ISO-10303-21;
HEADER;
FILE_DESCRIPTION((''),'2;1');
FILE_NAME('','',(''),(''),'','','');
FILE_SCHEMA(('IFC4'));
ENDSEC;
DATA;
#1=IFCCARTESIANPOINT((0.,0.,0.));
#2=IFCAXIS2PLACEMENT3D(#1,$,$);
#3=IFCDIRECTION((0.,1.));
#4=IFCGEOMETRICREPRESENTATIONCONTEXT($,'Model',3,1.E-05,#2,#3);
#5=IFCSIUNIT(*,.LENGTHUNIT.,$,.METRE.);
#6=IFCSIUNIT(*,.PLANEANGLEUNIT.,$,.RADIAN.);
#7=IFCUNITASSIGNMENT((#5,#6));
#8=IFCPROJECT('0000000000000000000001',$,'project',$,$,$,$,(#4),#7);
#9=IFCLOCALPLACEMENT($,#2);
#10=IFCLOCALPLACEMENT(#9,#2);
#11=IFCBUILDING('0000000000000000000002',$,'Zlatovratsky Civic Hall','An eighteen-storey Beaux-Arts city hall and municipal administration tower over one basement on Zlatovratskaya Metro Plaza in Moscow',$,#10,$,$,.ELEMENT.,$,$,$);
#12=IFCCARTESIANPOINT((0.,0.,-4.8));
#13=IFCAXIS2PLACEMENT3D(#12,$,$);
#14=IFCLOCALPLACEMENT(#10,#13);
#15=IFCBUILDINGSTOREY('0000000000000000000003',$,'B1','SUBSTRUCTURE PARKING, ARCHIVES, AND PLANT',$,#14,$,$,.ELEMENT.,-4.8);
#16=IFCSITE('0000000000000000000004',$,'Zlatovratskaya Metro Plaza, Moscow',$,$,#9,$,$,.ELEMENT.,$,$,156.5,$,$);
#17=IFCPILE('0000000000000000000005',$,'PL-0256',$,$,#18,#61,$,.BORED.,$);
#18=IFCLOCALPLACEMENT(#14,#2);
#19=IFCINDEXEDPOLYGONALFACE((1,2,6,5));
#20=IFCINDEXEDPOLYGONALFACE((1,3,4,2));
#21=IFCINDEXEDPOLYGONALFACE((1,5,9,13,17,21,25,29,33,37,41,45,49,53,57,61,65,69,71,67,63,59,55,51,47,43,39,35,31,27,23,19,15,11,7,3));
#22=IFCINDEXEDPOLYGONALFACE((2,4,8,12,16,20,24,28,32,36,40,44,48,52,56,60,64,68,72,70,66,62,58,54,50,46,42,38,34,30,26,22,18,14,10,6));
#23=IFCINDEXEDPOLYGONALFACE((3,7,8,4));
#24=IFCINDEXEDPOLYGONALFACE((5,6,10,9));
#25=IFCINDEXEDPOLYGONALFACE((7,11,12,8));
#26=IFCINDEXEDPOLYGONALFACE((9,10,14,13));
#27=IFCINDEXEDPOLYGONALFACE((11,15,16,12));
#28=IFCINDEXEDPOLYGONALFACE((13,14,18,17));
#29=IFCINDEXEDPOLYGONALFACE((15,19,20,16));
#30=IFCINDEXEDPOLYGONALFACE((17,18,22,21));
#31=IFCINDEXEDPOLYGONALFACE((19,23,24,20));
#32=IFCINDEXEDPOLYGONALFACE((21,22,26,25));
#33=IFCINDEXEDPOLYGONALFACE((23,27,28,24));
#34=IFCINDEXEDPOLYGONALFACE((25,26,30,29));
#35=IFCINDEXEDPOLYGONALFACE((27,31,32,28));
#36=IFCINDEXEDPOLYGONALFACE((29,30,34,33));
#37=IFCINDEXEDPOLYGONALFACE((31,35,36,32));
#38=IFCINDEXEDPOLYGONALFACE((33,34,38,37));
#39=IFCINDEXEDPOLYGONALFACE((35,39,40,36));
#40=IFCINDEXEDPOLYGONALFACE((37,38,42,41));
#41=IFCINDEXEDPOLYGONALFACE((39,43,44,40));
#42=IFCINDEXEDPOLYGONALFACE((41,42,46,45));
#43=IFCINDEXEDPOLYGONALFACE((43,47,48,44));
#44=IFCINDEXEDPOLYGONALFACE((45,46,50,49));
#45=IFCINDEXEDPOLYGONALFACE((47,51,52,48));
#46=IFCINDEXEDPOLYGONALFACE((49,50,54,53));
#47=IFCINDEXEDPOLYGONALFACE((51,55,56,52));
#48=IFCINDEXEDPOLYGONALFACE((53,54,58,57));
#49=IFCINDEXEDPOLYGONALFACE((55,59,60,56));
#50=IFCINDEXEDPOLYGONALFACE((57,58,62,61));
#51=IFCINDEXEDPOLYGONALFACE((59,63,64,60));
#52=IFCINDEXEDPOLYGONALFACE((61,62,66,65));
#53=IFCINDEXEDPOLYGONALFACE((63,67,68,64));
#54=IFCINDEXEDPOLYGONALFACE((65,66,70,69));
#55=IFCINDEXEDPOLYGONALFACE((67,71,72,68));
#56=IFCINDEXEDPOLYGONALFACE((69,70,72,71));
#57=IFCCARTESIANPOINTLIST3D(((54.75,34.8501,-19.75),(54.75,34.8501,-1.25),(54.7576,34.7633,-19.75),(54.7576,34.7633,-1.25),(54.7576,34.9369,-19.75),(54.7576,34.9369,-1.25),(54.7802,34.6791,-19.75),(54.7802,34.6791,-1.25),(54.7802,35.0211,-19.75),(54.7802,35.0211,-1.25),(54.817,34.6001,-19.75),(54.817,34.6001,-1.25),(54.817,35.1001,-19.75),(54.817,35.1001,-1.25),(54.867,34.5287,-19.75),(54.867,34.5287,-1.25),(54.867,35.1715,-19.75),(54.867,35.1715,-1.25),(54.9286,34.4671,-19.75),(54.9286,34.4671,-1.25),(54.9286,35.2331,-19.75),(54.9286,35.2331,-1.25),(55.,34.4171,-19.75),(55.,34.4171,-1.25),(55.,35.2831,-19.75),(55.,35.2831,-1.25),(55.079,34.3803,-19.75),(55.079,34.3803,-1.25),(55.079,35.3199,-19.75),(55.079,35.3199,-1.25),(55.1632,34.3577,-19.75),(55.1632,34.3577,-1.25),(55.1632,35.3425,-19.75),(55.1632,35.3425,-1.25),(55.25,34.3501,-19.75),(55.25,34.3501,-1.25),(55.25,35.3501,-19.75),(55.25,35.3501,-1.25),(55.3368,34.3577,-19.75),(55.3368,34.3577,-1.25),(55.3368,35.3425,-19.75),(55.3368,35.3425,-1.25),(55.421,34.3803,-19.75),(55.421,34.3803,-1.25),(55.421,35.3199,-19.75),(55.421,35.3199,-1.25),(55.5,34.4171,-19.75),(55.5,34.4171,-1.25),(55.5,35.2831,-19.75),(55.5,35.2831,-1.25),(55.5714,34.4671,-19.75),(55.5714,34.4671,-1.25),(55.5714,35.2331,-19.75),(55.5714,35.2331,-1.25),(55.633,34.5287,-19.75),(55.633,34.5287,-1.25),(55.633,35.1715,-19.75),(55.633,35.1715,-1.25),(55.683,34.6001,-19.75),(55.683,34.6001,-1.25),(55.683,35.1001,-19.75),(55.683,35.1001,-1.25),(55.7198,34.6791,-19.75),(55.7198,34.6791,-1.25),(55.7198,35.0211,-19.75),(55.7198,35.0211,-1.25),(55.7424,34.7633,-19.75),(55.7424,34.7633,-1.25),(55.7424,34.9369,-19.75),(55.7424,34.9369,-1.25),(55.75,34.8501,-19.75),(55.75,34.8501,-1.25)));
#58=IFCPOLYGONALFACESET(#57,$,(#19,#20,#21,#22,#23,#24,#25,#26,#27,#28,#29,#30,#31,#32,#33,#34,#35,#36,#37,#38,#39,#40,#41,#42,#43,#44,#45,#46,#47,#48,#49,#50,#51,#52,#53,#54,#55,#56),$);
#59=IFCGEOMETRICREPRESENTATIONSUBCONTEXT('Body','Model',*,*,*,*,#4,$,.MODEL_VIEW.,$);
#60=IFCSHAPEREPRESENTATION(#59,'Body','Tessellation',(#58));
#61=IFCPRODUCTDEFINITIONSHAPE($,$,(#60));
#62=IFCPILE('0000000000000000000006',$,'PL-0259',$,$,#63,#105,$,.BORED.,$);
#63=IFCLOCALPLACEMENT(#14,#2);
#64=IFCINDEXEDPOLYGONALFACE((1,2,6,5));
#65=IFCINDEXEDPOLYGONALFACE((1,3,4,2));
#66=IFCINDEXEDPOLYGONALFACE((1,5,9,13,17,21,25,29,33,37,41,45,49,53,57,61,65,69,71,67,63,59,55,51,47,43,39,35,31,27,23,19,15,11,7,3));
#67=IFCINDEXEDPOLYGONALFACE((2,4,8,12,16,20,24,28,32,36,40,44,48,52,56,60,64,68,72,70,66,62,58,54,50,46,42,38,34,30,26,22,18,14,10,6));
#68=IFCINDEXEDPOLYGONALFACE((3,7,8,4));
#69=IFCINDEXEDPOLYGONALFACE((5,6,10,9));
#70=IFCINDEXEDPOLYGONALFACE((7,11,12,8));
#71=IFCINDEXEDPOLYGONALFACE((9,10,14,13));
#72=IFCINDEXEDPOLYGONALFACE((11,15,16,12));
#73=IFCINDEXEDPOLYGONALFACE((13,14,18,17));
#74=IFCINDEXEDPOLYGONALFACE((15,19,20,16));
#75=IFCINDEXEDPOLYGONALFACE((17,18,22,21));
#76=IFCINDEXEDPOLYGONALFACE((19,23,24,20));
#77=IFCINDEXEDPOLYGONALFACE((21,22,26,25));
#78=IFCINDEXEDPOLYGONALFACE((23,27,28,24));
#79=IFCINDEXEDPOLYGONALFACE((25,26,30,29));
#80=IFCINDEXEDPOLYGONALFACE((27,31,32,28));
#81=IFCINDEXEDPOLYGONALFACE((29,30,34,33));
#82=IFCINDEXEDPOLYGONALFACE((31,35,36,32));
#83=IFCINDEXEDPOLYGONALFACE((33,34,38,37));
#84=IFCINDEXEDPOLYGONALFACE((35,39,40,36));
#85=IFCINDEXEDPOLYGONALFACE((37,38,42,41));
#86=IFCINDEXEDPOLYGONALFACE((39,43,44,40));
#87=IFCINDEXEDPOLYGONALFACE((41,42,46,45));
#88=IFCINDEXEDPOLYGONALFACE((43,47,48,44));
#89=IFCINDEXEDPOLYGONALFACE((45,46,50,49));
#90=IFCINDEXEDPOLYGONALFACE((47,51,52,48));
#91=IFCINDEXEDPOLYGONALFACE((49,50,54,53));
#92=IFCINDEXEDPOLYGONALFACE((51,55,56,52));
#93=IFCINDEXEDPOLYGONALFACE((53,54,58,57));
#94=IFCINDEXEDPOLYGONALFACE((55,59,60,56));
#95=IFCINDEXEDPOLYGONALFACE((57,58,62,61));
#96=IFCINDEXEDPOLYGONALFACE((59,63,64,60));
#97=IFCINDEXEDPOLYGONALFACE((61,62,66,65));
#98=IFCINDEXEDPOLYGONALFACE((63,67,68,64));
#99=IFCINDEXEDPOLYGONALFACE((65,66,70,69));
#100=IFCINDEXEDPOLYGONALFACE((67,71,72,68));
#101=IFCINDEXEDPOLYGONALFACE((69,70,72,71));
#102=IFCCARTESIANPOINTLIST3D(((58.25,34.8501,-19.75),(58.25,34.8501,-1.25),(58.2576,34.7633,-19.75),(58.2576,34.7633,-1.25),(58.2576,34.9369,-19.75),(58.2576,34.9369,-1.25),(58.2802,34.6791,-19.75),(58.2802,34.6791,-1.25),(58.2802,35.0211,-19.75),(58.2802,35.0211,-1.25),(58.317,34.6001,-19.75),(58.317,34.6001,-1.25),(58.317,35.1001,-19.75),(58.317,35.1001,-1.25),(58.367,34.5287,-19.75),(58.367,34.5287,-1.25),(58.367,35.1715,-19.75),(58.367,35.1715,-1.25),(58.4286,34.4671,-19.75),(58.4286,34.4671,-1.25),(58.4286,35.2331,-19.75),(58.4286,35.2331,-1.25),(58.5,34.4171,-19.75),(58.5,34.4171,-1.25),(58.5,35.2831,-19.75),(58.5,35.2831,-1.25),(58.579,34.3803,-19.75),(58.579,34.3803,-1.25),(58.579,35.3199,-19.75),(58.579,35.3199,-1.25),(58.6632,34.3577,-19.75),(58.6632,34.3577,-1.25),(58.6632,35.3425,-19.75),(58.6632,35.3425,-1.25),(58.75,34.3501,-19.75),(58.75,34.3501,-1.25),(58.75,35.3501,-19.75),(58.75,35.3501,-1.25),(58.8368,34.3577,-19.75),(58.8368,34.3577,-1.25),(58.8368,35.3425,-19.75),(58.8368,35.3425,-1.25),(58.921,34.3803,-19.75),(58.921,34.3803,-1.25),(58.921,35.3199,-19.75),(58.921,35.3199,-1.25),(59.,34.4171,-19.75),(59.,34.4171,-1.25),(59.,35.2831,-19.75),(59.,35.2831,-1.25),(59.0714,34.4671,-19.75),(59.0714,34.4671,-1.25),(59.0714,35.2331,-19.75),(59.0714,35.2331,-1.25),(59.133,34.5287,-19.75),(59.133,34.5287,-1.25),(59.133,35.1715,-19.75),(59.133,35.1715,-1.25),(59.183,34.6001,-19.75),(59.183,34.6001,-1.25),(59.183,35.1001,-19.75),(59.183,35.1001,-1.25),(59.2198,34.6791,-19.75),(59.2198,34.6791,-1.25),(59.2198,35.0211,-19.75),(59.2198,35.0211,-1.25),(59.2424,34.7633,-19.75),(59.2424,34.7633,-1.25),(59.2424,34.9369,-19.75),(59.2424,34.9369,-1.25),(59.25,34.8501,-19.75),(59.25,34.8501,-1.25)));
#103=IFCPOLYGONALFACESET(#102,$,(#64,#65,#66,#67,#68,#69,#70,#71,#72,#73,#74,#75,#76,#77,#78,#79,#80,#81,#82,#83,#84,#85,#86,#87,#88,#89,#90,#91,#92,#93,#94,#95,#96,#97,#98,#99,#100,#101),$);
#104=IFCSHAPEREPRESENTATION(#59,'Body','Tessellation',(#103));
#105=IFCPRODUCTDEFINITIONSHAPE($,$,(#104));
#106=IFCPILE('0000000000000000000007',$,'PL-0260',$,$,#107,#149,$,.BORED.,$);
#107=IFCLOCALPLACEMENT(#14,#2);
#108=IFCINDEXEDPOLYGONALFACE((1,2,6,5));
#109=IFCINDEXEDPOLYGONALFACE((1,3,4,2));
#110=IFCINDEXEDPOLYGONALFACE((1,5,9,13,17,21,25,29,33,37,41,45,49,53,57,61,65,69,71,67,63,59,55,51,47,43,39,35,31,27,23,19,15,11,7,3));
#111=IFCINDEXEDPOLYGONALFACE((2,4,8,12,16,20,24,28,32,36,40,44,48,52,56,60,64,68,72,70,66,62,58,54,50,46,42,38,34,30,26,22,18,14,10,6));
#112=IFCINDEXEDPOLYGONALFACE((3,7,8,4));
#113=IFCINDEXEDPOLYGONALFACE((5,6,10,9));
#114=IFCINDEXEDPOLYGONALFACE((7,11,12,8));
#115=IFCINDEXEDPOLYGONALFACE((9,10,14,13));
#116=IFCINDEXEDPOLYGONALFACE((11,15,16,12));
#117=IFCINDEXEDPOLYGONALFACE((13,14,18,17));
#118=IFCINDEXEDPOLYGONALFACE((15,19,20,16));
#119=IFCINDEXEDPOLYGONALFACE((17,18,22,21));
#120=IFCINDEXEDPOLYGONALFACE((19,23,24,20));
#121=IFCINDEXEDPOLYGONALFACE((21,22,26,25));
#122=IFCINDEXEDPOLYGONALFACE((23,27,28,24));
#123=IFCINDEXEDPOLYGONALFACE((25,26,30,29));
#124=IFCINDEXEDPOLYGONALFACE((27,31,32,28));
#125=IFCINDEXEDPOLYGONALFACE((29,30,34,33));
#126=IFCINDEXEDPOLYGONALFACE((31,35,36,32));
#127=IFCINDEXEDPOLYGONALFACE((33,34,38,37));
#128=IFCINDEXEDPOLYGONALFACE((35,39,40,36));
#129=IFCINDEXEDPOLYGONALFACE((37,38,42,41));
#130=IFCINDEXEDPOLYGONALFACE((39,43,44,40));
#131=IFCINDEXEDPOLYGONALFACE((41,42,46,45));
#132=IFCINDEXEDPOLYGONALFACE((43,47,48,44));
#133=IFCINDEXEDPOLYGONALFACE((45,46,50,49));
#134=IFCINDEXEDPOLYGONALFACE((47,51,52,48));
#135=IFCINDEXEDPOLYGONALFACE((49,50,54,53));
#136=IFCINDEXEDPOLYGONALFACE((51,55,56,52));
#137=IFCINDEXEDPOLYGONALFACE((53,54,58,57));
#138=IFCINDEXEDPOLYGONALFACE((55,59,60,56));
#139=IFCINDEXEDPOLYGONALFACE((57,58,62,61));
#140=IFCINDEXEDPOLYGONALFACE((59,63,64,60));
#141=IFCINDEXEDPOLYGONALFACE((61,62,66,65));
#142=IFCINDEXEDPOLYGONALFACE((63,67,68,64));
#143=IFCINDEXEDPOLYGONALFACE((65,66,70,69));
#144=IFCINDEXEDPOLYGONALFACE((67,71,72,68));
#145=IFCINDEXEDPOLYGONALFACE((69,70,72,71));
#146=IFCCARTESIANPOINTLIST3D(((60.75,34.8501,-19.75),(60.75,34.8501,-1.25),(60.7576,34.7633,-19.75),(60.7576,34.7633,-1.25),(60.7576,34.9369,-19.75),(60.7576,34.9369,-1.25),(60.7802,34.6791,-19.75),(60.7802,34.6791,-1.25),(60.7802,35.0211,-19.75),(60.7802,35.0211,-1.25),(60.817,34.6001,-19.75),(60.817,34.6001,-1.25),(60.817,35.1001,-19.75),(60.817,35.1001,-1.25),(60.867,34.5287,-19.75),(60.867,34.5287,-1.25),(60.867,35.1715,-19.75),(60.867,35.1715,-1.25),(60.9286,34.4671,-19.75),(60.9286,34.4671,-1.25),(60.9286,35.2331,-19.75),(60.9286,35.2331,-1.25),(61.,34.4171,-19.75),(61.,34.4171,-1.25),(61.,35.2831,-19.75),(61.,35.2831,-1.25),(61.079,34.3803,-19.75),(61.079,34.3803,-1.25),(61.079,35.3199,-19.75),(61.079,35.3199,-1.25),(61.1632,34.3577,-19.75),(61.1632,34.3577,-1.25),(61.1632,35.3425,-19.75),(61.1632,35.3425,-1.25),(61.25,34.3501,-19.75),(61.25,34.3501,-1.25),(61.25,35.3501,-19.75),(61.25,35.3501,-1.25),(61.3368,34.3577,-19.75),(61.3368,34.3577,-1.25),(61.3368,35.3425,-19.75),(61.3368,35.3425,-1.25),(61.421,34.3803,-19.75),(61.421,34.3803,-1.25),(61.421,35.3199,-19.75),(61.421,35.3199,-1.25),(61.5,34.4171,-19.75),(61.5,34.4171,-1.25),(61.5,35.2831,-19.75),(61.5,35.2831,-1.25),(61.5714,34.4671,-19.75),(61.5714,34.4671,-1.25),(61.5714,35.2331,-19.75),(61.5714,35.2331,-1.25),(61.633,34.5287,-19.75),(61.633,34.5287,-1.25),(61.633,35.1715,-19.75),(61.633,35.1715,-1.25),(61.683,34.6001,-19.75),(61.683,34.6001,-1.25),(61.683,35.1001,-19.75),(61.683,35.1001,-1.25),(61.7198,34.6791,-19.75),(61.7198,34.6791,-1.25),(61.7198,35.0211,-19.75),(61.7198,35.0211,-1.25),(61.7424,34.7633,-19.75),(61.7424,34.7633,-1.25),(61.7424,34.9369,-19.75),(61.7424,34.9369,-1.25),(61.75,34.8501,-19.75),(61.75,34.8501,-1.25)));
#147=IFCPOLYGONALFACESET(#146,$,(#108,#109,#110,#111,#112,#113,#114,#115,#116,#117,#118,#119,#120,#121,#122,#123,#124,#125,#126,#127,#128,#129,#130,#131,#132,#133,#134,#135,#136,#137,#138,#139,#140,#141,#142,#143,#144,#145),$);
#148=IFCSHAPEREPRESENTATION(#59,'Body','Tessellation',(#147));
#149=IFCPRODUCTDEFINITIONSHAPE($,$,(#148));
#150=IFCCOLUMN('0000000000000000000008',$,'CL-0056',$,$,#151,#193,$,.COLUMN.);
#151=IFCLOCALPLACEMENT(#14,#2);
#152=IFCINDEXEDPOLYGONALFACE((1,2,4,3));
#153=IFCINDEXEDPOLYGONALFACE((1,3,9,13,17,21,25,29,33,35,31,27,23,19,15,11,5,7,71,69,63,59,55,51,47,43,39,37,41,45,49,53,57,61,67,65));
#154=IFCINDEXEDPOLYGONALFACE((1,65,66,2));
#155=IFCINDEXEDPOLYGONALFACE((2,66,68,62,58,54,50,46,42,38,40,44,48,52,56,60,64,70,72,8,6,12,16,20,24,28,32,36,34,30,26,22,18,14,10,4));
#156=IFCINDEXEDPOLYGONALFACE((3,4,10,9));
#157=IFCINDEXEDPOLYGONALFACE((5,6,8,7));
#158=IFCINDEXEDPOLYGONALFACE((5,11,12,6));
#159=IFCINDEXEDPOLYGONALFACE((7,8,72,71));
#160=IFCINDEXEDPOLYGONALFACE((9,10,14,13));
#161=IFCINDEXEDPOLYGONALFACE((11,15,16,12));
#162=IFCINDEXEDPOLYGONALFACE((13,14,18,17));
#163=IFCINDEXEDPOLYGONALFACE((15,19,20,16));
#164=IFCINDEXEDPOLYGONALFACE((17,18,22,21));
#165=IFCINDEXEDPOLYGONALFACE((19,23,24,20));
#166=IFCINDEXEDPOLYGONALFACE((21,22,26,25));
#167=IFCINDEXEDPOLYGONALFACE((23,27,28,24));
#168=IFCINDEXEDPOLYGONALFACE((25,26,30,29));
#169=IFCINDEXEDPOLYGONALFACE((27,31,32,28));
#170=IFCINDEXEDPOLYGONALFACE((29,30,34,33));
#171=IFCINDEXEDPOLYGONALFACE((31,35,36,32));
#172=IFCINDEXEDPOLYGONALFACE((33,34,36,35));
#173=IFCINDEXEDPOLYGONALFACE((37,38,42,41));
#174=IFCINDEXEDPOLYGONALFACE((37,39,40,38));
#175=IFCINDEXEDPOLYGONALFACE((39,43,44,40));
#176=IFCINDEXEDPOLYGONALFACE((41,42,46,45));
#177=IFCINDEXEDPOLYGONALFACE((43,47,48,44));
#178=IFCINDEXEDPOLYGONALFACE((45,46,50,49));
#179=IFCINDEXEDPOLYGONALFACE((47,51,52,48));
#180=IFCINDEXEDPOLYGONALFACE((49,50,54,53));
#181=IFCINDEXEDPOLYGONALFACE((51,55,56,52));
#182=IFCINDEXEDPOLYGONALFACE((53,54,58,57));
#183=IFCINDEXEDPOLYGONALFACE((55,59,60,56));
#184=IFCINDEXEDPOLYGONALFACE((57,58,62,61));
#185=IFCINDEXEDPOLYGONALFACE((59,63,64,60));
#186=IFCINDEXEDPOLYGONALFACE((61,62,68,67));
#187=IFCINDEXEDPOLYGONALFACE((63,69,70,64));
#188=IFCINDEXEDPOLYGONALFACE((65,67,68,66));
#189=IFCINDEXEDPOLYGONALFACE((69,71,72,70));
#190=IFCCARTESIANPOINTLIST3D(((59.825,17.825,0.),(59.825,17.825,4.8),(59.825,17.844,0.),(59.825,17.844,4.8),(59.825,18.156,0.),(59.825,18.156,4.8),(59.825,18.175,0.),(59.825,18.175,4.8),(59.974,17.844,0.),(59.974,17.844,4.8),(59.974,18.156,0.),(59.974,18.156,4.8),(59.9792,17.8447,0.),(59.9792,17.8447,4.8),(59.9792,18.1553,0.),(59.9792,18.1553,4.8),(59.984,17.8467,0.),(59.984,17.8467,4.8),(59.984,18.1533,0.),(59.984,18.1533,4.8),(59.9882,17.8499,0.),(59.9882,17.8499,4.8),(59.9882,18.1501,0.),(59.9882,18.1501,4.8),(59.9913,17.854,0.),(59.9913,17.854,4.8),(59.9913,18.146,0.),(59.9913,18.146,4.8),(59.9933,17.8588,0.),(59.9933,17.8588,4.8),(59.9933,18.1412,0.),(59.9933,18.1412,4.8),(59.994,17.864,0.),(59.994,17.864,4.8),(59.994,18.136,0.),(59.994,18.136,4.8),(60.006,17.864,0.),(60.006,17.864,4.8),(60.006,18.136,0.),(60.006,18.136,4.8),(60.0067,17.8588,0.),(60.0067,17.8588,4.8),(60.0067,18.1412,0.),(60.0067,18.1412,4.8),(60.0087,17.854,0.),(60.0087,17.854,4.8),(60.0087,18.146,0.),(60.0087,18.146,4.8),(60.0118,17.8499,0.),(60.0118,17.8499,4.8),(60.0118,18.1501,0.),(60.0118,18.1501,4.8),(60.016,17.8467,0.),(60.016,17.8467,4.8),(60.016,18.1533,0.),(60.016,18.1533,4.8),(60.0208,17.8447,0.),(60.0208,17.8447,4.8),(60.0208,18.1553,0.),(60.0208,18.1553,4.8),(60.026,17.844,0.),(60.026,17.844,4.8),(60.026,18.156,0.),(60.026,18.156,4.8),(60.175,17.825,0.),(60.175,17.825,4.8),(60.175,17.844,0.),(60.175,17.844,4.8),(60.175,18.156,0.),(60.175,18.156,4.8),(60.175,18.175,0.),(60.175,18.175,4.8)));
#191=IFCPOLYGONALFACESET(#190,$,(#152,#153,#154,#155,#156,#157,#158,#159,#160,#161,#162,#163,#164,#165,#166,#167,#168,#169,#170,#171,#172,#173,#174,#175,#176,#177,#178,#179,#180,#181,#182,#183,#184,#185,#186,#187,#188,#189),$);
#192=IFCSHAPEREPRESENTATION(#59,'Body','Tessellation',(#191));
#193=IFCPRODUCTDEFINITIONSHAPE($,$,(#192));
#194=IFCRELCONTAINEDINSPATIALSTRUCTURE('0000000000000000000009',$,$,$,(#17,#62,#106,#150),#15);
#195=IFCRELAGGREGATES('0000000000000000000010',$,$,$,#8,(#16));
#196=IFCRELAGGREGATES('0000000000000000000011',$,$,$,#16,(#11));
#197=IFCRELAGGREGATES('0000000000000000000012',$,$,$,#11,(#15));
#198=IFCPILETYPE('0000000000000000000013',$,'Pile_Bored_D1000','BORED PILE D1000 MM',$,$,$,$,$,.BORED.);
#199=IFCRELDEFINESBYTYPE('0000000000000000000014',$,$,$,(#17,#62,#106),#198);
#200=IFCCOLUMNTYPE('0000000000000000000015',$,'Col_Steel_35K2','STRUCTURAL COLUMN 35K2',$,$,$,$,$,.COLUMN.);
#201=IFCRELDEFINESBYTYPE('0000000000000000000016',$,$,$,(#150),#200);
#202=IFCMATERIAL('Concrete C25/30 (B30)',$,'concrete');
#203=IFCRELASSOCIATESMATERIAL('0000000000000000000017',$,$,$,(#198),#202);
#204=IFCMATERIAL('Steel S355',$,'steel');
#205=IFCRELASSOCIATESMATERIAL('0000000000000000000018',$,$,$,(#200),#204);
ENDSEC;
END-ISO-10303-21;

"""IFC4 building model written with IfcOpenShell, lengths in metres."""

from ifc_helpers import new_model, si_unit, direction, frame, origin, origin_2d, place, context, subcontext, project, spatial, circle, i_section, extrude, material, material_profile, profile_set, type_object, element, save


model = new_model("IFC4")

# Units and contexts
model_context = context("Model", 3, precision=1e-05, world=origin(), true_north=direction((0.0, 1.0)))
body_context = subcontext(model_context, "Body", "Model", "MODEL_VIEW")
ifc_project = project(units=[si_unit("LENGTHUNIT", "METRE"), si_unit("PLANEANGLEUNIT", "RADIAN")], contexts=[model_context])

# Site, building, storey
site_placement = place(None, origin())
site = spatial("IfcSite", under=ifc_project, at=site_placement, Name="Zlatovratskaya Metro Plaza, Moscow", CompositionType="ELEMENT", RefElevation=156.5)
building_placement = place(site_placement, origin())
building = spatial("IfcBuilding", under=site, at=building_placement, Name="Zlatovratsky Civic Hall", Description="An eighteen-storey Beaux-Arts city hall and municipal administration tower over one basement on Zlatovratskaya Metro Plaza in Moscow", CompositionType="ELEMENT")
storey_placement = place(building_placement, frame((0.0, 0.0, -4.8)))
storey = spatial("IfcBuildingStorey", under=building, at=storey_placement, Name="B1", Description="SUBSTRUCTURE PARKING, ARCHIVES, AND PLANT", CompositionType="ELEMENT", Elevation=-4.8)

# Shared definitions
ifc_material_1 = material(Name="Concrete C25/30 (B30)", Category="concrete")

# Piles
ifc_material_profile_1 = material_profile(ifc_material_1, circle(Radius=0.5, at=origin_2d()), Name="PILE D1000")
ifc_profile_set_1 = profile_set([ifc_material_profile_1], Name="Concrete C25/30 (B30)")
pile_type = type_object("IfcPileType", Name="Pile_Bored_D1000", Description="BORED PILE D1000 MM", PredefinedType="BORED", material=ifc_profile_set_1)
for number, where, z_axis, x_axis, name in (
    (1, (55.25, 34.8501, -1.25), (0.0, 0.0, -1.0), (1.0, 0.0, 0.0), "PL-0256"),
    (2, (58.75, 34.8501, -1.25), (0.0, 0.0, -1.0), (1.0, 0.0, 0.0), "PL-0259"),
    (3, (61.25, 34.8501, -1.25), (0.0, 0.0, -1.0), (1.0, 0.0, 0.0), "PL-0260"),
):
    element("IfcPile", number, at=place(storey_placement, frame(where, z_axis=z_axis, x_axis=x_axis)), inside=storey, type_object=pile_type, Name=name, PredefinedType="BORED", context=body_context, shape_type="SweptSolid", body=[
        extrude(circle(Radius=0.5, at=origin_2d()), origin(), (0.0, 0.0, 1.0), 18.5),
    ])

# Column
ifc_material_2 = material(Name="Steel S355", Category="steel")
ifc_material_profile_2 = material_profile(ifc_material_2, i_section(OverallWidth=0.3501, OverallDepth=0.3501, WebThickness=0.012, FlangeThickness=0.019, FilletRadius=0.02, at=origin_2d()), Name="35K2")
ifc_profile_set_2 = profile_set([ifc_material_profile_2], Name="Steel S355")
column_type = type_object("IfcColumnType", Name="Col_Steel_35K2", Description="STRUCTURAL COLUMN 35K2", PredefinedType="COLUMN", material=ifc_profile_set_2)
for number, where, z_axis, x_axis, name in (
    (4, (60.0, 18.0, 0.0), (0.0, 0.0, 1.0), (1.0, 0.0, 0.0), "CL-0056"),
):
    element("IfcColumn", number, at=place(storey_placement, frame(where, z_axis=z_axis, x_axis=x_axis)), inside=storey, type_object=column_type, Name=name, PredefinedType="COLUMN", context=body_context, shape_type="SweptSolid", body=[
        extrude(i_section(OverallWidth=0.3501, OverallDepth=0.3501, WebThickness=0.012, FlangeThickness=0.019, FilletRadius=0.02, at=origin_2d()), origin(), (0.0, 0.0, 1.0), 4.8),
    ])

save(model, "model.ifc")
